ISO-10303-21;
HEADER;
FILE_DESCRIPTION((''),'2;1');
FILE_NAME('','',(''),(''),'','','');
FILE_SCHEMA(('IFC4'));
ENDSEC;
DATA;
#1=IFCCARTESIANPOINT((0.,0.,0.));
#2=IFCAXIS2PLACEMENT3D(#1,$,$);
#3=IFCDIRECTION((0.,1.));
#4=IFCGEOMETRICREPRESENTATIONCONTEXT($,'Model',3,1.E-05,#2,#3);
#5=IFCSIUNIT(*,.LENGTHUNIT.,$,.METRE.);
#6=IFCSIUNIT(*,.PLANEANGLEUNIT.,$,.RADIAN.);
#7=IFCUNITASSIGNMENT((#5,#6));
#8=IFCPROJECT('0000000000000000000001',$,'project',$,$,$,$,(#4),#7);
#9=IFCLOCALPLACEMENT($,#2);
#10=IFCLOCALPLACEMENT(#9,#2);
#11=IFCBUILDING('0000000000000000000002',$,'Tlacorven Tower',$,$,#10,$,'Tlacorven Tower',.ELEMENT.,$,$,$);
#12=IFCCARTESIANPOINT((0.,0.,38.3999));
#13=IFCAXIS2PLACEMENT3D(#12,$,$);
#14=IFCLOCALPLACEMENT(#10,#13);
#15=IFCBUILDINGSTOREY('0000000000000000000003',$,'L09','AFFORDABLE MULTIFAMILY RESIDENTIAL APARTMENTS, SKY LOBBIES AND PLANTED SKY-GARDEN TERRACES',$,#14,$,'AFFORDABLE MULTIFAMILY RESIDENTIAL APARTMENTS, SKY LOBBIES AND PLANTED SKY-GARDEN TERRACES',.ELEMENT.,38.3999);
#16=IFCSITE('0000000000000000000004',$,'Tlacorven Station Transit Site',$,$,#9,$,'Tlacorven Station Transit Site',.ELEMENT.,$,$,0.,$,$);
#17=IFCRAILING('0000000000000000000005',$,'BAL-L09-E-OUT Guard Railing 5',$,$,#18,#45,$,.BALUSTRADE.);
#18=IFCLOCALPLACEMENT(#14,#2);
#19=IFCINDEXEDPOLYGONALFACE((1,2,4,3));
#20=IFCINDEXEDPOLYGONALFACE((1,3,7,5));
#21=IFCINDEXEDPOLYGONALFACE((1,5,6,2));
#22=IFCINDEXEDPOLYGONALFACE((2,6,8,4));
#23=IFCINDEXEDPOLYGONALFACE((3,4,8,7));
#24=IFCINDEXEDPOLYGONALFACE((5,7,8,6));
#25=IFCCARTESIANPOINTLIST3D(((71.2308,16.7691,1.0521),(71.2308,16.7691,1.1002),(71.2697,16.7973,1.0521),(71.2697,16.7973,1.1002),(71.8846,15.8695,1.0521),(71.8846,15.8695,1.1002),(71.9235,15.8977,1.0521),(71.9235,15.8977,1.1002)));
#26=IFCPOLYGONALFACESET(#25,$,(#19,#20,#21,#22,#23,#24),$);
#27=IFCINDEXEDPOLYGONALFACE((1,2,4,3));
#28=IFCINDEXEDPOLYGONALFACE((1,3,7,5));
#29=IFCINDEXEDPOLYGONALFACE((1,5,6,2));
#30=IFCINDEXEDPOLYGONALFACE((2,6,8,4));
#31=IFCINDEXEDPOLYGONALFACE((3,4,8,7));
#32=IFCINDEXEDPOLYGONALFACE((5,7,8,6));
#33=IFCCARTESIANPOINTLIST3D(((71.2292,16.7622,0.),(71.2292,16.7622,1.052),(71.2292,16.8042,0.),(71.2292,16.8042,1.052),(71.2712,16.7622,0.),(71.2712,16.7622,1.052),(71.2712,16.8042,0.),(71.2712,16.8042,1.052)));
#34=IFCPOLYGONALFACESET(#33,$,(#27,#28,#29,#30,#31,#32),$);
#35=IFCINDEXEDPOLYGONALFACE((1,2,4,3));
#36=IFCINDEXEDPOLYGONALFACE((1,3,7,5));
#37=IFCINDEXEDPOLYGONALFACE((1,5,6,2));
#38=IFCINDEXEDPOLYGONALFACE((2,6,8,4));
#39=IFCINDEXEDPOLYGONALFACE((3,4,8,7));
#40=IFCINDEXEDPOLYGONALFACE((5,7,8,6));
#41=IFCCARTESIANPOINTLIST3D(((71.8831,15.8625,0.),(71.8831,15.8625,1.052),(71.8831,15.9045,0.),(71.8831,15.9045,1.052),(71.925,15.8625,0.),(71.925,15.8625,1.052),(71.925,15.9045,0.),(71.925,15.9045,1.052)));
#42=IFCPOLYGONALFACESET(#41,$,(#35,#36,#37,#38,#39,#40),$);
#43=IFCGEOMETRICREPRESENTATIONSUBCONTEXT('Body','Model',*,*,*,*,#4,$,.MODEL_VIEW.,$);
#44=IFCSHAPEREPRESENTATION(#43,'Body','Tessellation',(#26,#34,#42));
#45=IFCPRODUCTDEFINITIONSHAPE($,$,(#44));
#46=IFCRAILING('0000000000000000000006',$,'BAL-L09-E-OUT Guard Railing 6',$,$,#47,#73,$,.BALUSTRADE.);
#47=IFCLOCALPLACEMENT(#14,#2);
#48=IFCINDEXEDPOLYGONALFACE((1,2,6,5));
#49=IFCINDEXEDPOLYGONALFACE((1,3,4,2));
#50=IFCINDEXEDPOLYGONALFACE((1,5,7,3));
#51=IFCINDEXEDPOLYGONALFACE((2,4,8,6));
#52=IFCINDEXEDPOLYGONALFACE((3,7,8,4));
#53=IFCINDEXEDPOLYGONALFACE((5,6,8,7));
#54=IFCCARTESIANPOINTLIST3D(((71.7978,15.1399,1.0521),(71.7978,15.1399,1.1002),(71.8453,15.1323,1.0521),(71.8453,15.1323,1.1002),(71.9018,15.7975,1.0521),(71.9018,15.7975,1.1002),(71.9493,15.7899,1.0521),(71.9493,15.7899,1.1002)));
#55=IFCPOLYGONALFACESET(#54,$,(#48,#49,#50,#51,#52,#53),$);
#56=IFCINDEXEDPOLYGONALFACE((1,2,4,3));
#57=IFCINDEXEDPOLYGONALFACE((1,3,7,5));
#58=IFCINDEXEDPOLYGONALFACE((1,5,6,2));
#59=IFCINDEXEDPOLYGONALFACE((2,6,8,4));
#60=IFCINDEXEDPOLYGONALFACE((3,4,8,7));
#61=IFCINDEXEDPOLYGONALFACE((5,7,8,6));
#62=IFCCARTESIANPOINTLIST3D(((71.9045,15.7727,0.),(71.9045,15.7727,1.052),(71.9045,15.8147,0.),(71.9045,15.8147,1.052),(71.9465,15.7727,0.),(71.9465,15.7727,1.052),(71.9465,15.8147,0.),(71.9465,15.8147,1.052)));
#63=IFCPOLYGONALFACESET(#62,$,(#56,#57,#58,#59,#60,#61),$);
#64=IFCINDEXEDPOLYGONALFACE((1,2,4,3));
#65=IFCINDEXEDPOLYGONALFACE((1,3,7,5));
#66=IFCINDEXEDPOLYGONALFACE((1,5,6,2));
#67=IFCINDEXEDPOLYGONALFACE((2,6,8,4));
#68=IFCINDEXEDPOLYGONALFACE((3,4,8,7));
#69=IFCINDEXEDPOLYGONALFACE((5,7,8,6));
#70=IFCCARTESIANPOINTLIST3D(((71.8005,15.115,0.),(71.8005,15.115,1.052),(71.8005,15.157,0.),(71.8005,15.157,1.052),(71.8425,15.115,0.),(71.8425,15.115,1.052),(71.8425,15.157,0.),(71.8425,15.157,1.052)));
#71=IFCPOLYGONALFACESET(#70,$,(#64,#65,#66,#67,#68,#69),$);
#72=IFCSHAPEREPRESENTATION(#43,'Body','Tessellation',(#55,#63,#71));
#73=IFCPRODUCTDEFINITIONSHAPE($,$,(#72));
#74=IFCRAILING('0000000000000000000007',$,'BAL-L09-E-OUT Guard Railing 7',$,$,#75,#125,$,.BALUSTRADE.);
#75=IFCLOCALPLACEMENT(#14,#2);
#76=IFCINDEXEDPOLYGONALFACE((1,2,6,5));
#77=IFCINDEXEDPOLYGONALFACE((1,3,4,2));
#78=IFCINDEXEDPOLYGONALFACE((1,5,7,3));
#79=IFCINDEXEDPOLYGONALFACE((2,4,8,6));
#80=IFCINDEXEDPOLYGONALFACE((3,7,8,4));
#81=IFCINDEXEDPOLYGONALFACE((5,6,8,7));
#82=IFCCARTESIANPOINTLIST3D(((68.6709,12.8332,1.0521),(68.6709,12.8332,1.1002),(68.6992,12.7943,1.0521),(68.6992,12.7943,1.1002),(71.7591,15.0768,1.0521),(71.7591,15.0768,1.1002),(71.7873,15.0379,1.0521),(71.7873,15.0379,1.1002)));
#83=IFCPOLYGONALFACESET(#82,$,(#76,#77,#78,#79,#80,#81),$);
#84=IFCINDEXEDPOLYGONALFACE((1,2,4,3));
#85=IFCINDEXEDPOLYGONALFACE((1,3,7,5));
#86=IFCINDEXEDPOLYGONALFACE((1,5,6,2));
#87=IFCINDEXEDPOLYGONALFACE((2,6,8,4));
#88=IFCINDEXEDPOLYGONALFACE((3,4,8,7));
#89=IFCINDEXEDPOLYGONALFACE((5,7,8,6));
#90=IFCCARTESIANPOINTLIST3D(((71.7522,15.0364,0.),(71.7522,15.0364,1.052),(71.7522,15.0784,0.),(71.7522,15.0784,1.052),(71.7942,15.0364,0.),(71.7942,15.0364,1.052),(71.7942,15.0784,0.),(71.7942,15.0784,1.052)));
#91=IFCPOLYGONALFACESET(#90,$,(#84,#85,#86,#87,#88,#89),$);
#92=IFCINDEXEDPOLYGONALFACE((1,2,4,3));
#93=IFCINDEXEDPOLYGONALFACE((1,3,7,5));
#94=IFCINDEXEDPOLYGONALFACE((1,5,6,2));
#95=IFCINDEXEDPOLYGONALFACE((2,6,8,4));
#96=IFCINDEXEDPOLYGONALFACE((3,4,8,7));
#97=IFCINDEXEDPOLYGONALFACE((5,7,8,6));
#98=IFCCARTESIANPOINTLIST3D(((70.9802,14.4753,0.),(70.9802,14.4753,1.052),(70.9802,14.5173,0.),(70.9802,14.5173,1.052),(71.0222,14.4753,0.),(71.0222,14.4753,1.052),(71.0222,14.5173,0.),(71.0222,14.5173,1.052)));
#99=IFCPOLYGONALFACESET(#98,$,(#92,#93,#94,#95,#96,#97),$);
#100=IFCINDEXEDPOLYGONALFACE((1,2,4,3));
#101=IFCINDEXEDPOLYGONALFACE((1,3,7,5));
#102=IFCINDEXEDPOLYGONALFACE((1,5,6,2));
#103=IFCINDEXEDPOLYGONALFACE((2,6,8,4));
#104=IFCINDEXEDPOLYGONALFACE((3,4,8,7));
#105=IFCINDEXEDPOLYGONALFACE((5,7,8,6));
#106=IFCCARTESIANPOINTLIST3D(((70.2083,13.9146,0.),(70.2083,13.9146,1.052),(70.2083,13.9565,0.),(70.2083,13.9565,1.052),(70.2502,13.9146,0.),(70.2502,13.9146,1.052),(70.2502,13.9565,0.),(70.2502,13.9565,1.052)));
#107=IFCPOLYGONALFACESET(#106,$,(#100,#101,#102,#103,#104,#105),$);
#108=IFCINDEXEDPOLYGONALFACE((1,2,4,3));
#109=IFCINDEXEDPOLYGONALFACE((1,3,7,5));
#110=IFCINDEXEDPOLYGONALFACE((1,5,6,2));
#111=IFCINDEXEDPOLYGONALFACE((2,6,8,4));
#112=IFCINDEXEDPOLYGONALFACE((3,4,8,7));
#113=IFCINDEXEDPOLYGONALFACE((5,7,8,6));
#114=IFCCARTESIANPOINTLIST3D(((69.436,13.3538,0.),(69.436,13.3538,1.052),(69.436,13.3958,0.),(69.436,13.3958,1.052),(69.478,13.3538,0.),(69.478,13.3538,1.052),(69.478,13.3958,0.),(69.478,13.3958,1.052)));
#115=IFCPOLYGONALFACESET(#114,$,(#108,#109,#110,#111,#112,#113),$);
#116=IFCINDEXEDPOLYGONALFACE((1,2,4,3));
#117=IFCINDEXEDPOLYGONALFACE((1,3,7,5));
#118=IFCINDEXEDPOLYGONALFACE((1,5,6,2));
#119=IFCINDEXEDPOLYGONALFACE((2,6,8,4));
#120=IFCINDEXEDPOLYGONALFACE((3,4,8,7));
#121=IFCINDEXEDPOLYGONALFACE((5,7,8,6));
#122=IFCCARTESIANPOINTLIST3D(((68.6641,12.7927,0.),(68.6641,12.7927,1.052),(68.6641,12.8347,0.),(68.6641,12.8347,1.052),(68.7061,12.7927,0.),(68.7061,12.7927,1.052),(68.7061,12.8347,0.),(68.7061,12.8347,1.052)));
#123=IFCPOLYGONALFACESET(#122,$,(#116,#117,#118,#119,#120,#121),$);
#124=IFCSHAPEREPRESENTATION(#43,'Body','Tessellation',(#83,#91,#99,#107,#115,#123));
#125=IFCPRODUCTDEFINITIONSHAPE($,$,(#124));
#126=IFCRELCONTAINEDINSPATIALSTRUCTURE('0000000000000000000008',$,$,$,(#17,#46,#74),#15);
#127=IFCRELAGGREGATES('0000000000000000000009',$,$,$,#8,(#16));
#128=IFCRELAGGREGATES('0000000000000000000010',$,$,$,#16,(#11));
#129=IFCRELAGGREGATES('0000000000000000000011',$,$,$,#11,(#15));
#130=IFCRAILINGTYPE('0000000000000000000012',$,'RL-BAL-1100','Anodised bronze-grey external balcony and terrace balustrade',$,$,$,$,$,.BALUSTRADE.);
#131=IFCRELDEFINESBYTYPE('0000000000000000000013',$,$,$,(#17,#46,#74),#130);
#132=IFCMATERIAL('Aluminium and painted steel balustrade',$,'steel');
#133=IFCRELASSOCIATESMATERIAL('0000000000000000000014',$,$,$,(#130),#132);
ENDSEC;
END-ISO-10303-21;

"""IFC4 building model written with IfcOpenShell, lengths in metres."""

from ifc_helpers import new_model, si_unit, direction, frame, origin, origin_2d, place, context, subcontext, project, spatial, rectangle, extrude, source, transform, mapped, material, type_object, element, save


model = new_model("IFC4")

# Units and contexts
model_context = context("Model", 3, precision=1e-05, world=origin(), true_north=direction((0.0, 1.0)))
body_context = subcontext(model_context, "Body", "Model", "MODEL_VIEW")
ifc_project = project(units=[si_unit("LENGTHUNIT", "METRE"), si_unit("PLANEANGLEUNIT", "RADIAN")], contexts=[model_context])

# Site, building, storey
site_placement = place(None, origin())
site = spatial("IfcSite", under=ifc_project, at=site_placement, Name="Tlacorven Station Transit Site", LongName="Tlacorven Station Transit Site", CompositionType="ELEMENT", RefElevation=0.0)
building_placement = place(site_placement, origin())
building = spatial("IfcBuilding", under=site, at=building_placement, Name="Tlacorven Tower", LongName="Tlacorven Tower", CompositionType="ELEMENT")
storey_placement = place(building_placement, frame((0.0, 0.0, 38.3999)))
storey = spatial("IfcBuildingStorey", under=building, at=storey_placement, Name="L09", Description="AFFORDABLE MULTIFAMILY RESIDENTIAL APARTMENTS, SKY LOBBIES AND PLANTED SKY-GARDEN TERRACES", LongName="AFFORDABLE MULTIFAMILY RESIDENTIAL APARTMENTS, SKY LOBBIES AND PLANTED SKY-GARDEN TERRACES", CompositionType="ELEMENT", Elevation=38.3999)

# Railings
ifc_material_1 = material(Name="Aluminium and painted steel balustrade", Category="steel")
railing_type = type_object("IfcRailingType", Name="RL-BAL-1100", Description="Anodised bronze-grey external balcony and terrace balustrade", PredefinedType="BALUSTRADE", material=ifc_material_1)
shared_shape_1 = source(origin(), body_context, "Body", "SweptSolid", [
    extrude(rectangle(XDim=0.0481, YDim=0.0481, at=origin_2d()), frame((0.0, 0.0, 1.0762), z_axis=(0.587884, -0.808945, 0.0), x_axis=(0.808945, 0.587884, 0.0)), (0.0, 0.0, 1.0), 1.1121),
    extrude(rectangle(XDim=0.042, YDim=0.042, at=origin_2d()), origin(), (0.0, 0.0, 1.0), 1.052),
    extrude(rectangle(XDim=0.042, YDim=0.042, at=origin_2d()), frame((0.6538, -0.8997, 0.0)), (0.0, 0.0, 1.0), 1.052),
])
railing_1_placement = place(storey_placement, frame((71.2502, 16.7832, 0.0)))
element("IfcRailing", 1, at=railing_1_placement, inside=storey, type_object=railing_type, Name="BAL-L09-E-OUT Guard Railing 5", PredefinedType="BALUSTRADE", context=body_context, shape_type="MappedRepresentation", body=[
    mapped(shared_shape_1, transform((0.0, 0.0, 0.0), scale=1.0)),
])
shared_shape_2 = source(origin(), body_context, "Body", "SweptSolid", [
    extrude(rectangle(XDim=0.0481, YDim=0.0481, at=origin_2d()), frame((0.0, 0.0, 1.0762), z_axis=(-0.156188, -0.987727, 0.0), x_axis=(0.987727, -0.156188, 0.0)), (0.0, 0.0, 1.0), 0.6658),
    extrude(rectangle(XDim=0.042, YDim=0.042, at=origin_2d()), origin(), (0.0, 0.0, 1.0), 1.052),
    extrude(rectangle(XDim=0.042, YDim=0.042, at=origin_2d()), frame((-0.104, -0.6577, 0.0)), (0.0, 0.0, 1.0), 1.052),
])
railing_2_placement = place(storey_placement, frame((71.9255, 15.7937, 0.0)))
element("IfcRailing", 2, at=railing_2_placement, inside=storey, type_object=railing_type, Name="BAL-L09-E-OUT Guard Railing 6", PredefinedType="BALUSTRADE", context=body_context, shape_type="MappedRepresentation", body=[
    mapped(shared_shape_2, transform((0.0, 0.0, 0.0), scale=1.0)),
])
shared_shape_3 = source(origin(), body_context, "Body", "SweptSolid", [
    extrude(rectangle(XDim=0.0481, YDim=0.0481, at=origin_2d()), frame((0.0, 0.0, 1.0762), z_axis=(-0.809018, -0.587784, 0.0), x_axis=(0.587784, -0.809018, 0.0)), (0.0, 0.0, 1.0), 3.8171),
    extrude(rectangle(XDim=0.042, YDim=0.042, at=origin_2d()), origin(), (0.0, 0.0, 1.0), 1.052),
    extrude(rectangle(XDim=0.042, YDim=0.042, at=origin_2d()), frame((-0.772, -0.561, 0.0)), (0.0, 0.0, 1.0), 1.052),
    extrude(rectangle(XDim=0.042, YDim=0.042, at=origin_2d()), frame((-1.5439, -1.1218, 0.0)), (0.0, 0.0, 1.0), 1.052),
    extrude(rectangle(XDim=0.042, YDim=0.042, at=origin_2d()), frame((-2.3162, -1.6826, 0.0)), (0.0, 0.0, 1.0), 1.052),
    extrude(rectangle(XDim=0.042, YDim=0.042, at=origin_2d()), frame((-3.0881, -2.2437, 0.0)), (0.0, 0.0, 1.0), 1.052),
])
railing_3_placement = place(storey_placement, frame((71.7732, 15.0574, 0.0)))
element("IfcRailing", 3, at=railing_3_placement, inside=storey, type_object=railing_type, Name="BAL-L09-E-OUT Guard Railing 7", PredefinedType="BALUSTRADE", context=body_context, shape_type="MappedRepresentation", body=[
    mapped(shared_shape_3, transform((0.0, 0.0, 0.0), scale=1.0)),
])

save(model, "model.ifc")
